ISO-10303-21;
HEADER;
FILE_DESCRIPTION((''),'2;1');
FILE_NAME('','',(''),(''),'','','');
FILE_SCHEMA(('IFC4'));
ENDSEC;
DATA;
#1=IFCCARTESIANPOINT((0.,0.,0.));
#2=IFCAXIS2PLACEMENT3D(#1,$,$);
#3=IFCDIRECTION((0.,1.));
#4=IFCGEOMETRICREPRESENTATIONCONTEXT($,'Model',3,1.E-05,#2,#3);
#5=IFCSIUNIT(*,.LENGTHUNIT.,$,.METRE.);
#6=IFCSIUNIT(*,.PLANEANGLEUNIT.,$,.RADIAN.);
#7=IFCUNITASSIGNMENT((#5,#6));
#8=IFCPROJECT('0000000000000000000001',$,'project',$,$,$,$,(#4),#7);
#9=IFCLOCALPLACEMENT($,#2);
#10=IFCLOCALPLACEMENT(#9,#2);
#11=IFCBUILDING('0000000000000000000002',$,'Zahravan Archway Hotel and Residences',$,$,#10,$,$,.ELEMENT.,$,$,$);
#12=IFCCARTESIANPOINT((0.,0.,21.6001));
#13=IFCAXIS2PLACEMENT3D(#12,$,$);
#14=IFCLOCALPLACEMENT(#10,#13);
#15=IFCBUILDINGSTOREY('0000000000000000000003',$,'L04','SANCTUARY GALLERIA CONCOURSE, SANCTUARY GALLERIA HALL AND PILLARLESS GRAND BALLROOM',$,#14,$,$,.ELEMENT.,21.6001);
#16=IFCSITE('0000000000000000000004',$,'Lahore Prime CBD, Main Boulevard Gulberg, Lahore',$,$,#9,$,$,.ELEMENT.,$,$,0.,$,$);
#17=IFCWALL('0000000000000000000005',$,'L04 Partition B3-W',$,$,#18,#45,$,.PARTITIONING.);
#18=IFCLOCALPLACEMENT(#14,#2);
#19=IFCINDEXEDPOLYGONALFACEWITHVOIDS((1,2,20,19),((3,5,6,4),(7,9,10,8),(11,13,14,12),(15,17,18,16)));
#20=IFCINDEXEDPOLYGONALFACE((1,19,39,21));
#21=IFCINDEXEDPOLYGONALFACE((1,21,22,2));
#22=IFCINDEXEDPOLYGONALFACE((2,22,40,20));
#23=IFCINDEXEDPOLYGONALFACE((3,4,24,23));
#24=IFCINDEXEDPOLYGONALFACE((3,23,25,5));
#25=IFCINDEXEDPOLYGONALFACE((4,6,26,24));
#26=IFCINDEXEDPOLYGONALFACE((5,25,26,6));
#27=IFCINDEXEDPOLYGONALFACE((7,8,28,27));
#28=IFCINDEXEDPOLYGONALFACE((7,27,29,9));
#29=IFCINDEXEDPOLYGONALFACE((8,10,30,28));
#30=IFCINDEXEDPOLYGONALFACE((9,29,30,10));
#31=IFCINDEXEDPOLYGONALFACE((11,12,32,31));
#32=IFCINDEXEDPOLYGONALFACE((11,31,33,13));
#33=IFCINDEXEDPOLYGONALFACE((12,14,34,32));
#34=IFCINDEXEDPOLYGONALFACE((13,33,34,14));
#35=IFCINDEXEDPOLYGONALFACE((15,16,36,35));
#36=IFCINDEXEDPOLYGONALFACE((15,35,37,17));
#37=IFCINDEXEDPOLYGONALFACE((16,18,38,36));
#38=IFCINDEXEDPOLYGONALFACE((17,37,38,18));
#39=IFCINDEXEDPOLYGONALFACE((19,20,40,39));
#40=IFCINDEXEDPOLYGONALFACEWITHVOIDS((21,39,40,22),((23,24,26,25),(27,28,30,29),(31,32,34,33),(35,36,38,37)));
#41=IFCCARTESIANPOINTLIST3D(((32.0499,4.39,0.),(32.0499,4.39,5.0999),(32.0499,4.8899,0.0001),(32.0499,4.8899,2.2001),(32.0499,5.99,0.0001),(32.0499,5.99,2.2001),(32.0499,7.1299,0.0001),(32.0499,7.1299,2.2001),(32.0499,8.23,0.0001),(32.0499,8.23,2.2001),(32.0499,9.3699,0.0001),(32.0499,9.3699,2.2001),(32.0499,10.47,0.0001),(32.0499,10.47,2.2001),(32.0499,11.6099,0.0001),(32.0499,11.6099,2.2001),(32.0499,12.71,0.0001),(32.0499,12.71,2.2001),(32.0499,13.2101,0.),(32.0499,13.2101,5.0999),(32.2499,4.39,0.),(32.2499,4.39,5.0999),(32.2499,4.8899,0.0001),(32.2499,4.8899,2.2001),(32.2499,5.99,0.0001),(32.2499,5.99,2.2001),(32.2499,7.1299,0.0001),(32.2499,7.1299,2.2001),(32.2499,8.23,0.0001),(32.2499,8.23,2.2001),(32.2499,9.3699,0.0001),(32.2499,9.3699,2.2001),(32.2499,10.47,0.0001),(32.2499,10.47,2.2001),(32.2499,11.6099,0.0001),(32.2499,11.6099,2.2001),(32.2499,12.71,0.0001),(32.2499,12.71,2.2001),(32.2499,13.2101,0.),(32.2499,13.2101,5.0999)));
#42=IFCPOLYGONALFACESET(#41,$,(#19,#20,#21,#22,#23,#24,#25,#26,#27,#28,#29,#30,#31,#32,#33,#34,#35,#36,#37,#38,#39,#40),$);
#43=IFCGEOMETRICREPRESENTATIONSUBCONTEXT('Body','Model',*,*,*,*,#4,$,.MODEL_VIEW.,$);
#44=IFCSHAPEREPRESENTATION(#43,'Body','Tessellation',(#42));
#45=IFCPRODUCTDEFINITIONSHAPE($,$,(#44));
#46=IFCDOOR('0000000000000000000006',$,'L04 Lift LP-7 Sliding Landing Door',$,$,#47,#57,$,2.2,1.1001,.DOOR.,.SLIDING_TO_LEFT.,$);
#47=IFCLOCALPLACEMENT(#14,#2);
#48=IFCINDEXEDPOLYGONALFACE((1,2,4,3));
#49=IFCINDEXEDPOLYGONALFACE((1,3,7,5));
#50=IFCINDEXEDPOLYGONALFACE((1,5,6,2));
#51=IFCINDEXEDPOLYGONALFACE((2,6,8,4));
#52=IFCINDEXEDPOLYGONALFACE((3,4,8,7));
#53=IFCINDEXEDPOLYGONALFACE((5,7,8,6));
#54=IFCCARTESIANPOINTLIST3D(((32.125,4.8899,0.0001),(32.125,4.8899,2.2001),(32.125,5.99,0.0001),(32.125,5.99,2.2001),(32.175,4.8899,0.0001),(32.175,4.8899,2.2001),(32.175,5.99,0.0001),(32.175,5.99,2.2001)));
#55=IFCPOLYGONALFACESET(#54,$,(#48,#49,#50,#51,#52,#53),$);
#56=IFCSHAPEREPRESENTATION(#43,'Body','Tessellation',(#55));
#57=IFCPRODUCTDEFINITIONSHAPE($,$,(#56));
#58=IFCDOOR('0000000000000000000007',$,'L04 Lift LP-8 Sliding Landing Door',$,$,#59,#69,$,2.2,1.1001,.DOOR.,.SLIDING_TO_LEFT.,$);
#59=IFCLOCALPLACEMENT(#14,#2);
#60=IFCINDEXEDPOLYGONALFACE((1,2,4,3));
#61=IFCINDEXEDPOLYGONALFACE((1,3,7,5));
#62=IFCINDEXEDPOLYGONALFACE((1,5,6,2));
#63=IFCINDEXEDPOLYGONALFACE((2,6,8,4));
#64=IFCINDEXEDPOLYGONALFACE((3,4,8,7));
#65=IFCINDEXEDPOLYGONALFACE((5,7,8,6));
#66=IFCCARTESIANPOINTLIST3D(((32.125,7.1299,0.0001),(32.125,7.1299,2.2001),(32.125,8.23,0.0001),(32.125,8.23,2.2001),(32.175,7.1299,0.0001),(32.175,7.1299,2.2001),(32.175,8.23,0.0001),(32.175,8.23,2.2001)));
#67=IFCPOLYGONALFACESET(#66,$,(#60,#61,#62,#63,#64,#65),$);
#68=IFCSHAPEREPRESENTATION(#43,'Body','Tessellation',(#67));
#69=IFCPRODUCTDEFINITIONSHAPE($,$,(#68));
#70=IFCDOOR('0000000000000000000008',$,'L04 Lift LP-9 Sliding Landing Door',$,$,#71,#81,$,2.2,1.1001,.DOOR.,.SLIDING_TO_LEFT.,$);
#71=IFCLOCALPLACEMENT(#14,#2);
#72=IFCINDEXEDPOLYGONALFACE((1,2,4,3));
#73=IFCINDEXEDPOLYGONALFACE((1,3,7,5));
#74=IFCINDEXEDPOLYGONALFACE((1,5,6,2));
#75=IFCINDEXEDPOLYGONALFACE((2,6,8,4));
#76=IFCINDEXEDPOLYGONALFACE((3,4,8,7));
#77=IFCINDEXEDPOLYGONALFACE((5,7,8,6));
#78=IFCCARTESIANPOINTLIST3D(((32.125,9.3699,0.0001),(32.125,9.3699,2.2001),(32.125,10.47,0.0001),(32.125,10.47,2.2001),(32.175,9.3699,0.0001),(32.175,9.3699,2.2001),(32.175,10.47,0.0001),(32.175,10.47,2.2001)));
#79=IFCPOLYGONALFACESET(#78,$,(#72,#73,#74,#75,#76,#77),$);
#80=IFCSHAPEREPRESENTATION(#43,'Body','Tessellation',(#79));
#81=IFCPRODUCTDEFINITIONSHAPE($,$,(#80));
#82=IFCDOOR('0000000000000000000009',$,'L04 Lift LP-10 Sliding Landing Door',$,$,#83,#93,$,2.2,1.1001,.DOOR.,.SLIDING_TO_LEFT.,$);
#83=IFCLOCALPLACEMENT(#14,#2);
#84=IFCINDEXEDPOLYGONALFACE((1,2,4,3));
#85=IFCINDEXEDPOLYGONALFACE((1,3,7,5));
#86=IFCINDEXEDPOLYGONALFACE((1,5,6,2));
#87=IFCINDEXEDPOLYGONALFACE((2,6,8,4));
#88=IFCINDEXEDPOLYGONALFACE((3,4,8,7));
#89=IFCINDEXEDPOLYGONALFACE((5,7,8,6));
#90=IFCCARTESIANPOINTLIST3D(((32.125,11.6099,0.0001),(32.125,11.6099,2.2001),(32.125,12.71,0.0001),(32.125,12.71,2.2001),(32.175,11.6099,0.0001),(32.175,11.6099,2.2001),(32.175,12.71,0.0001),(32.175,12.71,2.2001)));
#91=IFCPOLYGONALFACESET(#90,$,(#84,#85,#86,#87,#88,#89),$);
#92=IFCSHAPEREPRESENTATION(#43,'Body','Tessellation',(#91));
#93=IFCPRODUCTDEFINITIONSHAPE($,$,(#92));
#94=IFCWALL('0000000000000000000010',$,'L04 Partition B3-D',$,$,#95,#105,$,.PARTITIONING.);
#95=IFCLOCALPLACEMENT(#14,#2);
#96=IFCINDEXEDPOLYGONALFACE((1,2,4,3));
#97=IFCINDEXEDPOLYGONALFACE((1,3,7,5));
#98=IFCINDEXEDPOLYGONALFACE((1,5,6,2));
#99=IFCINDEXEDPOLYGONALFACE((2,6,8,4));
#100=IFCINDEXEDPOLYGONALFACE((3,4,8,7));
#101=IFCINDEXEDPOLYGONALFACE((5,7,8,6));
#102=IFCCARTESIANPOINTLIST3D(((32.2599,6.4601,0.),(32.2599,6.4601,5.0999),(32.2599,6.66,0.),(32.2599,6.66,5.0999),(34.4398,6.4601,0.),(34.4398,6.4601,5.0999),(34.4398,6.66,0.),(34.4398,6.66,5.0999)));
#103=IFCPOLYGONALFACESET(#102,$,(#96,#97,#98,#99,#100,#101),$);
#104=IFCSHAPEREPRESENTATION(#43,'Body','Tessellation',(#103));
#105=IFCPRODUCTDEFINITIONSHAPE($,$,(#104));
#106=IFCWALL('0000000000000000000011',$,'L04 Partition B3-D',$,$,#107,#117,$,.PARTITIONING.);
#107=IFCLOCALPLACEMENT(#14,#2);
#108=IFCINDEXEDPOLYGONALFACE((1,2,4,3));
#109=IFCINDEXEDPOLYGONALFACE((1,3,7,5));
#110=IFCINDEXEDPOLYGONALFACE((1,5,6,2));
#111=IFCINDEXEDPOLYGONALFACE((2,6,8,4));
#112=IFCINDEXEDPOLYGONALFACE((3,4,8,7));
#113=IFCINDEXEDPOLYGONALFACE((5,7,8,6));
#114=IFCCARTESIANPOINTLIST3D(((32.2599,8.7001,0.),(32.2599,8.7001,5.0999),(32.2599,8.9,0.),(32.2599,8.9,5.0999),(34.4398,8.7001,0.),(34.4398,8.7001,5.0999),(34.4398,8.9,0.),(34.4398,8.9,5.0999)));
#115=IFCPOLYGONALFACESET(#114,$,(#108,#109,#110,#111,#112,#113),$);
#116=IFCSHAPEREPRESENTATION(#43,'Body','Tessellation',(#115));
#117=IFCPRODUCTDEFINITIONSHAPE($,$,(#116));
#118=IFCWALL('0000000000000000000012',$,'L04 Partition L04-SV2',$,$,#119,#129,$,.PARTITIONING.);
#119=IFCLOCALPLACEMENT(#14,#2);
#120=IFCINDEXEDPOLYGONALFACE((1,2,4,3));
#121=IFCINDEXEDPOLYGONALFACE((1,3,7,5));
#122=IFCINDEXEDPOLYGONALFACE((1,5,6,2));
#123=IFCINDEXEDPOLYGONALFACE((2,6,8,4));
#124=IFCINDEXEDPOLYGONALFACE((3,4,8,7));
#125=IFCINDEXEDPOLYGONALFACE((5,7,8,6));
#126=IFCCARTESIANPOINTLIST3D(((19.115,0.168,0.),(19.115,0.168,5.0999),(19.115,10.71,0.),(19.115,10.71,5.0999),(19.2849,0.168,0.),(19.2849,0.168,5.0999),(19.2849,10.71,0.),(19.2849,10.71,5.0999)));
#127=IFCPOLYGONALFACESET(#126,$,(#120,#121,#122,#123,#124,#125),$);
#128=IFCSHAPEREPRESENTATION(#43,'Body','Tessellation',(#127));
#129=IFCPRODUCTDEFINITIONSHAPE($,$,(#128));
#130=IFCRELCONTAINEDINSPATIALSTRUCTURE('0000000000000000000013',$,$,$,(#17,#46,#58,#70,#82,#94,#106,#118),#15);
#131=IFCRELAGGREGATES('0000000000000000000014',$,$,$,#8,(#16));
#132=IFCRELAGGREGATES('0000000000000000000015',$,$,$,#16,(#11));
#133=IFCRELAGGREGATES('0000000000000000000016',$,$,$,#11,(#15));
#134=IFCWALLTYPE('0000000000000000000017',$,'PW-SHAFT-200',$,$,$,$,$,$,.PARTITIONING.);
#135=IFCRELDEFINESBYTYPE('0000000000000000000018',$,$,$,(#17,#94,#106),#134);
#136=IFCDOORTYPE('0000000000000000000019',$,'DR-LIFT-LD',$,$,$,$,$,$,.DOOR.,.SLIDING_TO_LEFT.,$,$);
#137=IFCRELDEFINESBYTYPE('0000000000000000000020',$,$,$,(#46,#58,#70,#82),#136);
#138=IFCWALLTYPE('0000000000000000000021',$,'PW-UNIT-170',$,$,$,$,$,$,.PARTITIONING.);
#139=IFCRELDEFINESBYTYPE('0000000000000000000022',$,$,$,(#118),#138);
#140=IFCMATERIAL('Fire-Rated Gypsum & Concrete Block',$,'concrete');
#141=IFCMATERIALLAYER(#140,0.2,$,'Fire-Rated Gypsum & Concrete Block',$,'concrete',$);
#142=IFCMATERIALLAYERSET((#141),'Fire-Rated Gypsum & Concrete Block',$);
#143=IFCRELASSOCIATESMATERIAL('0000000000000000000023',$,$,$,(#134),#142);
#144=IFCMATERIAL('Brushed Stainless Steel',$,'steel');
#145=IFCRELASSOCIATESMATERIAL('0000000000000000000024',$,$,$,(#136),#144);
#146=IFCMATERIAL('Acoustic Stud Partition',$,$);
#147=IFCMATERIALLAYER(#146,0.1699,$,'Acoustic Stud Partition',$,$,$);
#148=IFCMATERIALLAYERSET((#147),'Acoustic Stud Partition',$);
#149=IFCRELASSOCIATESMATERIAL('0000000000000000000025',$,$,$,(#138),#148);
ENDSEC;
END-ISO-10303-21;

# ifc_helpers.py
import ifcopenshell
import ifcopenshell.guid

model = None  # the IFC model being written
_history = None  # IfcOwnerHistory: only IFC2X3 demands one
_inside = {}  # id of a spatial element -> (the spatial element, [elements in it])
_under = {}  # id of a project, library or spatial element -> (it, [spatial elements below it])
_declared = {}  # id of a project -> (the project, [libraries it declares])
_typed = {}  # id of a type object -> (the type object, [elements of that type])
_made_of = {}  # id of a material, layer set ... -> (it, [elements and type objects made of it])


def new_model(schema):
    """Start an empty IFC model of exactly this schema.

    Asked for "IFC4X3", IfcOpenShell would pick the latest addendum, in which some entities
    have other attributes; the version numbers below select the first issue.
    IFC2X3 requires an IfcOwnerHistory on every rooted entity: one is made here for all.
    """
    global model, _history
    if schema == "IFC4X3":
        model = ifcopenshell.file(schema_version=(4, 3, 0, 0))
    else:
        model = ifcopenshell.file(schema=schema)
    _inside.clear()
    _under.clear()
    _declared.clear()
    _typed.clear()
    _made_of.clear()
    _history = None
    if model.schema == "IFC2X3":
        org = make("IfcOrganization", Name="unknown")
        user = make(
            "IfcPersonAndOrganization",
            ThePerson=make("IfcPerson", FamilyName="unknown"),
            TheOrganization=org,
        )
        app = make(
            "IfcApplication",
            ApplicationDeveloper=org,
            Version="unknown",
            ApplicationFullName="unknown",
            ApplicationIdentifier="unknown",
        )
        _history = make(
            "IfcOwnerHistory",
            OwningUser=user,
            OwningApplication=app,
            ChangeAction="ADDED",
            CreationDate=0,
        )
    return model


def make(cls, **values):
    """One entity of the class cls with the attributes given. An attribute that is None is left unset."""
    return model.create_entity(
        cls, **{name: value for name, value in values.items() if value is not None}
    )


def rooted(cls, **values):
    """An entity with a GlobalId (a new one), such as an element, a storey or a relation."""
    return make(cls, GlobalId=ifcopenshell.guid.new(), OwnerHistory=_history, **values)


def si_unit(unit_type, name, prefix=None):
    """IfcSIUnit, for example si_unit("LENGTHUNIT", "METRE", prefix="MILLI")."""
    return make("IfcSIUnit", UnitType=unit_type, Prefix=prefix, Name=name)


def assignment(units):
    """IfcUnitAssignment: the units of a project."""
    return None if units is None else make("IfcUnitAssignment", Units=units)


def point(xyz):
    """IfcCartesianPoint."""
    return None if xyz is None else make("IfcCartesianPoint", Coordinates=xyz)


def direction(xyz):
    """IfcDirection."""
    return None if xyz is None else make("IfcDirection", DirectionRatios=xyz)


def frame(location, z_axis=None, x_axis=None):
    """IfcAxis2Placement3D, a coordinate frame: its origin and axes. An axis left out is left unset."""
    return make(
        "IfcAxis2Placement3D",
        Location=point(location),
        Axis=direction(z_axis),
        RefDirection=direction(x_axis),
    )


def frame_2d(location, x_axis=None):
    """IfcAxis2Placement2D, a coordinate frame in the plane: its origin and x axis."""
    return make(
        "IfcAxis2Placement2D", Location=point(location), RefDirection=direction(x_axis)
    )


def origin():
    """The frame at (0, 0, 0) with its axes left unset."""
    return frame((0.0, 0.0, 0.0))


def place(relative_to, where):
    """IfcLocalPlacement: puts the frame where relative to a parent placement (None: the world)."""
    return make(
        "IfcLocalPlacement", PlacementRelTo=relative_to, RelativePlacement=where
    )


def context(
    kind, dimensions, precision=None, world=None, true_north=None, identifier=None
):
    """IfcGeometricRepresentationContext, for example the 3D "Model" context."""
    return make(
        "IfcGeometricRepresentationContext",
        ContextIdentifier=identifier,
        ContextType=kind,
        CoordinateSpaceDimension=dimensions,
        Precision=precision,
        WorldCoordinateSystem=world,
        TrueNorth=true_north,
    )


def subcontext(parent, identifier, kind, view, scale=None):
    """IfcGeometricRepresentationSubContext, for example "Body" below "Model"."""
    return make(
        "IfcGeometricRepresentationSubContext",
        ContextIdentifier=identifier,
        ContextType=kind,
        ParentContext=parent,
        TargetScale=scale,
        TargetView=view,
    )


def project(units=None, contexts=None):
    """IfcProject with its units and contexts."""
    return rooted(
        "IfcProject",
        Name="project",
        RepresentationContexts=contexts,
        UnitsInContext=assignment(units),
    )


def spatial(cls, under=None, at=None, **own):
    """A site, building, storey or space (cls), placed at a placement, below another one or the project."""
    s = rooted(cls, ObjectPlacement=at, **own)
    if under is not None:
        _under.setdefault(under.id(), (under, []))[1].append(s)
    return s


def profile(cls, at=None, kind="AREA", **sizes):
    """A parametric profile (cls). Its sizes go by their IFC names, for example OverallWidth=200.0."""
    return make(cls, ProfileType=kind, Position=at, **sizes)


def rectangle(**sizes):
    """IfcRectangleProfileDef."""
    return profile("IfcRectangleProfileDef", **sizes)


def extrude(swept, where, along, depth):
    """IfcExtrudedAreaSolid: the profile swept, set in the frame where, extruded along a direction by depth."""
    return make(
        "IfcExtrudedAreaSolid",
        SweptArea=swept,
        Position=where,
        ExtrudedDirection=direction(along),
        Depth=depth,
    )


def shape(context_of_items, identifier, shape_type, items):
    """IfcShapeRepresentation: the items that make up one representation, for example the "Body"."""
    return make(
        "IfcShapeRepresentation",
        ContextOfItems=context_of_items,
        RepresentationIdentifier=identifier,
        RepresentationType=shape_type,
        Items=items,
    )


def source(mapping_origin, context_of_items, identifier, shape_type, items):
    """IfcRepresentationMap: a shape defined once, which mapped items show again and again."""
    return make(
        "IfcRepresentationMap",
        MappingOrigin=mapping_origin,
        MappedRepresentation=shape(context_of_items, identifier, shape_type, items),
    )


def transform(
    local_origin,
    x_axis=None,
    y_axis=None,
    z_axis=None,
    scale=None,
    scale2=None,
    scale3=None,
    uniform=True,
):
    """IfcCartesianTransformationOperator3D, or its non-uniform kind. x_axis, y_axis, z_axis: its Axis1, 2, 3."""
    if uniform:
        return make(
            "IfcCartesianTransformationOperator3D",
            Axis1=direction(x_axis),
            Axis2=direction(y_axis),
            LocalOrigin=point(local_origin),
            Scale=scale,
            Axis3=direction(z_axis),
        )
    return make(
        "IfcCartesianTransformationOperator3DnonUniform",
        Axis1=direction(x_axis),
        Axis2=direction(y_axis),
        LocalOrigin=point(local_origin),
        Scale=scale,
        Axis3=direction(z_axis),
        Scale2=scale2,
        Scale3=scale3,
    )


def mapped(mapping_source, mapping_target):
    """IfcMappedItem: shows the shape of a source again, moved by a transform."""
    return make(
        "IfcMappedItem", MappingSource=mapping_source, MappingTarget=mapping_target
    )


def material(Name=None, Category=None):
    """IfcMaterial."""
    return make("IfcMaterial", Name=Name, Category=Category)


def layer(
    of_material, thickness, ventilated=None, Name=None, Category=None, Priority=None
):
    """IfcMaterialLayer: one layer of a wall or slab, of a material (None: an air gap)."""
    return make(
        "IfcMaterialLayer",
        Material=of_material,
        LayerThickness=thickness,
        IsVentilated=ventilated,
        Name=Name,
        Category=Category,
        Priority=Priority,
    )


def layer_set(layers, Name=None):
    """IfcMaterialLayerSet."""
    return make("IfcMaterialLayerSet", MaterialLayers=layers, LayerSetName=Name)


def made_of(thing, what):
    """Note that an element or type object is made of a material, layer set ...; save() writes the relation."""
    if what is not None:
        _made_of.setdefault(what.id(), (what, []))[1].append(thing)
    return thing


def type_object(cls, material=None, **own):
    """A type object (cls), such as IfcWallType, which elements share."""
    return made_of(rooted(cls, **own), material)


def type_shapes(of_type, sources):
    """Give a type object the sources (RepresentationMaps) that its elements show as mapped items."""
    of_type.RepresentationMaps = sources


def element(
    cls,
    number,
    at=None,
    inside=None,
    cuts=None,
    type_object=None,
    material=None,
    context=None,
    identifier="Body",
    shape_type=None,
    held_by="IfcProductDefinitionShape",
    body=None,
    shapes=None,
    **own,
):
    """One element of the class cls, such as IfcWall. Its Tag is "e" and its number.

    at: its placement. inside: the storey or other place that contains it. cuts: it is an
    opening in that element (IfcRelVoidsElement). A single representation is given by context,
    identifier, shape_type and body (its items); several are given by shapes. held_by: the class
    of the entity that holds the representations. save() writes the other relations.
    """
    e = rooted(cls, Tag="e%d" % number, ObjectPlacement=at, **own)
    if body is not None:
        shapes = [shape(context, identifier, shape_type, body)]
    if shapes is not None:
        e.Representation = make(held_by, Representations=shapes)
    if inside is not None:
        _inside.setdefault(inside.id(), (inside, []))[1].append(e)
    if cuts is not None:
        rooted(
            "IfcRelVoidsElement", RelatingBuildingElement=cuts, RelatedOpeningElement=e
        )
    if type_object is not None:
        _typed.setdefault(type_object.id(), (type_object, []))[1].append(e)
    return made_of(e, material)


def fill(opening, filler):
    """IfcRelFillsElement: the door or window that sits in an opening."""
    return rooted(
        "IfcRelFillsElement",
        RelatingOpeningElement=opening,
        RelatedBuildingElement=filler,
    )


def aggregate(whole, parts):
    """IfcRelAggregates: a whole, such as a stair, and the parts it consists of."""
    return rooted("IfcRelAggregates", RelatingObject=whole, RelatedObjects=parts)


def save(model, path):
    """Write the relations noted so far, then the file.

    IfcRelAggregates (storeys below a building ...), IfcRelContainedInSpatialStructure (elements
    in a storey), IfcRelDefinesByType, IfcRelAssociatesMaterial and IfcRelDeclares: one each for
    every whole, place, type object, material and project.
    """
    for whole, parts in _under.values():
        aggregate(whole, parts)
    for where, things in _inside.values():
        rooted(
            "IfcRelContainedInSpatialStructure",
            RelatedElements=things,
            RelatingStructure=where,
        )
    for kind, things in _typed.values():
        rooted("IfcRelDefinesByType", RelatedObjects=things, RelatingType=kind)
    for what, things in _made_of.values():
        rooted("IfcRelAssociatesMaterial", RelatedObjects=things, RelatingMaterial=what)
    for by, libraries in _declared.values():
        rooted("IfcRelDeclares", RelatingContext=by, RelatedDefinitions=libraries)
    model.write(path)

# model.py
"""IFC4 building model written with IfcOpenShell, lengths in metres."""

from ifc_helpers import new_model, si_unit, direction, frame, frame_2d, origin, place, context, subcontext, project, spatial, rectangle, extrude, source, transform, mapped, material, layer, layer_set, type_object, type_shapes, element, fill, save


model = new_model("IFC4")

# Units and contexts
model_context = context("Model", 3, precision=1e-05, world=origin(), true_north=direction((0.0, 1.0)))
body_context = subcontext(model_context, "Body", "Model", "MODEL_VIEW")
ifc_project = project(units=[si_unit("LENGTHUNIT", "METRE"), si_unit("PLANEANGLEUNIT", "RADIAN")], contexts=[model_context])

# Site, building, storey
site_placement = place(None, origin())
site = spatial("IfcSite", under=ifc_project, at=site_placement, Name="Lahore Prime CBD, Main Boulevard Gulberg, Lahore", CompositionType="ELEMENT", RefElevation=0.0)
building_placement = place(site_placement, origin())
building = spatial("IfcBuilding", under=site, at=building_placement, Name="Zahravan Archway Hotel and Residences", CompositionType="ELEMENT")
storey_placement = place(building_placement, frame((0.0, 0.0, 21.6001)))
storey = spatial("IfcBuildingStorey", under=building, at=storey_placement, Name="L04", Description="SANCTUARY GALLERIA CONCOURSE, SANCTUARY GALLERIA HALL AND PILLARLESS GRAND BALLROOM", CompositionType="ELEMENT", Elevation=21.6001)

# Shared definitions
ifc_material_1 = material(Name="Fire-Rated Gypsum & Concrete Block", Category="concrete")
ifc_layer_1 = layer(ifc_material_1, 0.2, Name="Fire-Rated Gypsum & Concrete Block", Category="concrete")
ifc_layer_set_1 = layer_set([ifc_layer_1], Name="Fire-Rated Gypsum & Concrete Block")
wall_type_1 = type_object("IfcWallType", Name="PW-SHAFT-200", PredefinedType="PARTITIONING", material=ifc_layer_set_1)

# Wall, openings, doors
wall_1_placement = place(storey_placement, frame((32.1499, 4.3899, 0.0), z_axis=(0.0, 0.0, 1.0), x_axis=(0.0, 1.0, 0.0)))
wall_1 = element("IfcWall", 1, at=wall_1_placement, inside=storey, type_object=wall_type_1, Name="L04 Partition B3-W", PredefinedType="PARTITIONING", context=body_context, shape_type="SweptSolid", body=[
    extrude(rectangle(XDim=8.8201, YDim=0.2, at=frame_2d((4.4102, 0.0))), origin(), (0.0, 0.0, 1.0), 5.0999),
])
opening_1_placement = place(wall_1_placement, frame((0.5, 0.0, 0.0)))
opening_1 = element("IfcOpeningElement", 2, at=opening_1_placement, cuts=wall_1, PredefinedType="OPENING", context=body_context, shape_type="SweptSolid", body=[
    extrude(rectangle(XDim=1.1001, YDim=2.2, at=frame_2d((0.55, 1.1001))), frame((0.0, 0.1099, 0.0), z_axis=(0.0, -1.0, 0.0), x_axis=(1.0, 0.0, 0.0)), (0.0, 0.0, 1.0), 0.22),
])
opening_2_placement = place(wall_1_placement, frame((2.74, 0.0, 0.0)))
opening_2 = element("IfcOpeningElement", 3, at=opening_2_placement, cuts=wall_1, PredefinedType="OPENING", context=body_context, shape_type="SweptSolid", body=[
    extrude(rectangle(XDim=1.1001, YDim=2.2, at=frame_2d((0.55, 1.1001))), frame((0.0, 0.1099, 0.0), z_axis=(0.0, -1.0, 0.0), x_axis=(1.0, 0.0, 0.0)), (0.0, 0.0, 1.0), 0.22),
])
opening_3_placement = place(wall_1_placement, frame((4.98, 0.0, 0.0)))
opening_3 = element("IfcOpeningElement", 4, at=opening_3_placement, cuts=wall_1, PredefinedType="OPENING", context=body_context, shape_type="SweptSolid", body=[
    extrude(rectangle(XDim=1.1001, YDim=2.2, at=frame_2d((0.55, 1.1001))), frame((0.0, 0.1099, 0.0), z_axis=(0.0, -1.0, 0.0), x_axis=(1.0, 0.0, 0.0)), (0.0, 0.0, 1.0), 0.22),
])
opening_4_placement = place(wall_1_placement, frame((7.22, 0.0, 0.0)))
opening_4 = element("IfcOpeningElement", 5, at=opening_4_placement, cuts=wall_1, PredefinedType="OPENING", context=body_context, shape_type="SweptSolid", body=[
    extrude(rectangle(XDim=1.1001, YDim=2.2, at=frame_2d((0.55, 1.1001))), frame((0.0, 0.1099, 0.0), z_axis=(0.0, -1.0, 0.0), x_axis=(1.0, 0.0, 0.0)), (0.0, 0.0, 1.0), 0.22),
])
ifc_material_2 = material(Name="Brushed Stainless Steel", Category="steel")
door_type_1 = type_object("IfcDoorType", Name="DR-LIFT-LD", OperationType="SLIDING_TO_LEFT", PredefinedType="DOOR", material=ifc_material_2)
shared_shape_1 = source(origin(), body_context, "Body", "SweptSolid", [
    extrude(rectangle(XDim=1.1001, YDim=2.2, at=frame_2d((0.55, 1.1001))), frame((0.0, 0.0249, 0.0), z_axis=(0.0, -1.0, 0.0), x_axis=(1.0, 0.0, 0.0)), (0.0, 0.0, 1.0), 0.05),
])
type_shapes(door_type_1, [shared_shape_1])
door_1_placement = place(opening_1_placement, origin())
door_1 = element("IfcDoor", 6, at=door_1_placement, inside=storey, type_object=door_type_1, Name="L04 Lift LP-7 Sliding Landing Door", OperationType="SLIDING_TO_LEFT", OverallHeight=2.2, OverallWidth=1.1001, PredefinedType="DOOR", context=body_context, shape_type="MappedRepresentation", body=[
    mapped(shared_shape_1, transform((0.0, 0.0, 0.0), scale=1.0)),
])
fill(opening_1, door_1)
door_2_placement = place(opening_2_placement, origin())
door_2 = element("IfcDoor", 7, at=door_2_placement, inside=storey, type_object=door_type_1, Name="L04 Lift LP-8 Sliding Landing Door", OperationType="SLIDING_TO_LEFT", OverallHeight=2.2, OverallWidth=1.1001, PredefinedType="DOOR", context=body_context, shape_type="MappedRepresentation", body=[
    mapped(shared_shape_1, transform((0.0, 0.0, 0.0), scale=1.0)),
])
fill(opening_2, door_2)
door_3_placement = place(opening_3_placement, origin())
door_3 = element("IfcDoor", 8, at=door_3_placement, inside=storey, type_object=door_type_1, Name="L04 Lift LP-9 Sliding Landing Door", OperationType="SLIDING_TO_LEFT", OverallHeight=2.2, OverallWidth=1.1001, PredefinedType="DOOR", context=body_context, shape_type="MappedRepresentation", body=[
    mapped(shared_shape_1, transform((0.0, 0.0, 0.0), scale=1.0)),
])
fill(opening_3, door_3)
door_4_placement = place(opening_4_placement, origin())
door_4 = element("IfcDoor", 9, at=door_4_placement, inside=storey, type_object=door_type_1, Name="L04 Lift LP-10 Sliding Landing Door", OperationType="SLIDING_TO_LEFT", OverallHeight=2.2, OverallWidth=1.1001, PredefinedType="DOOR", context=body_context, shape_type="MappedRepresentation", body=[
    mapped(shared_shape_1, transform((0.0, 0.0, 0.0), scale=1.0)),
])
fill(opening_4, door_4)

# Walls
for number, where, z_axis, x_axis, name in (
    (10, (32.26, 6.5601, 0.0), (0.0, 0.0, 1.0), (1.0, 0.0, 0.0), "L04 Partition B3-D"),
    (11, (32.26, 8.8, 0.0), (0.0, 0.0, 1.0), (1.0, 0.0, 0.0), "L04 Partition B3-D"),
):
    element("IfcWall", number, at=place(storey_placement, frame(where, z_axis=z_axis, x_axis=x_axis)), inside=storey, type_object=wall_type_1, Name=name, PredefinedType="PARTITIONING", context=body_context, shape_type="SweptSolid", body=[
        extrude(rectangle(XDim=2.1799, YDim=0.2, at=frame_2d((1.0898, 0.0))), origin(), (0.0, 0.0, 1.0), 5.0999),
    ])
ifc_material_3 = material(Name="Acoustic Stud Partition")
ifc_layer_2 = layer(ifc_material_3, 0.1699, Name="Acoustic Stud Partition")
ifc_layer_set_2 = layer_set([ifc_layer_2], Name="Acoustic Stud Partition")
wall_type_2 = type_object("IfcWallType", Name="PW-UNIT-170", PredefinedType="PARTITIONING", material=ifc_layer_set_2)
wall_2_placement = place(storey_placement, frame((19.2, 0.168, 0.0), z_axis=(0.0, 0.0, 1.0), x_axis=(0.0, 1.0, 0.0)))
element("IfcWall", 12, at=wall_2_placement, inside=storey, type_object=wall_type_2, Name="L04 Partition L04-SV2", PredefinedType="PARTITIONING", context=body_context, shape_type="SweptSolid", body=[
    extrude(rectangle(XDim=10.542, YDim=0.1699, at=frame_2d((5.271, 0.0))), origin(), (0.0, 0.0, 1.0), 5.0999),
])

save(model, "model.ifc")
